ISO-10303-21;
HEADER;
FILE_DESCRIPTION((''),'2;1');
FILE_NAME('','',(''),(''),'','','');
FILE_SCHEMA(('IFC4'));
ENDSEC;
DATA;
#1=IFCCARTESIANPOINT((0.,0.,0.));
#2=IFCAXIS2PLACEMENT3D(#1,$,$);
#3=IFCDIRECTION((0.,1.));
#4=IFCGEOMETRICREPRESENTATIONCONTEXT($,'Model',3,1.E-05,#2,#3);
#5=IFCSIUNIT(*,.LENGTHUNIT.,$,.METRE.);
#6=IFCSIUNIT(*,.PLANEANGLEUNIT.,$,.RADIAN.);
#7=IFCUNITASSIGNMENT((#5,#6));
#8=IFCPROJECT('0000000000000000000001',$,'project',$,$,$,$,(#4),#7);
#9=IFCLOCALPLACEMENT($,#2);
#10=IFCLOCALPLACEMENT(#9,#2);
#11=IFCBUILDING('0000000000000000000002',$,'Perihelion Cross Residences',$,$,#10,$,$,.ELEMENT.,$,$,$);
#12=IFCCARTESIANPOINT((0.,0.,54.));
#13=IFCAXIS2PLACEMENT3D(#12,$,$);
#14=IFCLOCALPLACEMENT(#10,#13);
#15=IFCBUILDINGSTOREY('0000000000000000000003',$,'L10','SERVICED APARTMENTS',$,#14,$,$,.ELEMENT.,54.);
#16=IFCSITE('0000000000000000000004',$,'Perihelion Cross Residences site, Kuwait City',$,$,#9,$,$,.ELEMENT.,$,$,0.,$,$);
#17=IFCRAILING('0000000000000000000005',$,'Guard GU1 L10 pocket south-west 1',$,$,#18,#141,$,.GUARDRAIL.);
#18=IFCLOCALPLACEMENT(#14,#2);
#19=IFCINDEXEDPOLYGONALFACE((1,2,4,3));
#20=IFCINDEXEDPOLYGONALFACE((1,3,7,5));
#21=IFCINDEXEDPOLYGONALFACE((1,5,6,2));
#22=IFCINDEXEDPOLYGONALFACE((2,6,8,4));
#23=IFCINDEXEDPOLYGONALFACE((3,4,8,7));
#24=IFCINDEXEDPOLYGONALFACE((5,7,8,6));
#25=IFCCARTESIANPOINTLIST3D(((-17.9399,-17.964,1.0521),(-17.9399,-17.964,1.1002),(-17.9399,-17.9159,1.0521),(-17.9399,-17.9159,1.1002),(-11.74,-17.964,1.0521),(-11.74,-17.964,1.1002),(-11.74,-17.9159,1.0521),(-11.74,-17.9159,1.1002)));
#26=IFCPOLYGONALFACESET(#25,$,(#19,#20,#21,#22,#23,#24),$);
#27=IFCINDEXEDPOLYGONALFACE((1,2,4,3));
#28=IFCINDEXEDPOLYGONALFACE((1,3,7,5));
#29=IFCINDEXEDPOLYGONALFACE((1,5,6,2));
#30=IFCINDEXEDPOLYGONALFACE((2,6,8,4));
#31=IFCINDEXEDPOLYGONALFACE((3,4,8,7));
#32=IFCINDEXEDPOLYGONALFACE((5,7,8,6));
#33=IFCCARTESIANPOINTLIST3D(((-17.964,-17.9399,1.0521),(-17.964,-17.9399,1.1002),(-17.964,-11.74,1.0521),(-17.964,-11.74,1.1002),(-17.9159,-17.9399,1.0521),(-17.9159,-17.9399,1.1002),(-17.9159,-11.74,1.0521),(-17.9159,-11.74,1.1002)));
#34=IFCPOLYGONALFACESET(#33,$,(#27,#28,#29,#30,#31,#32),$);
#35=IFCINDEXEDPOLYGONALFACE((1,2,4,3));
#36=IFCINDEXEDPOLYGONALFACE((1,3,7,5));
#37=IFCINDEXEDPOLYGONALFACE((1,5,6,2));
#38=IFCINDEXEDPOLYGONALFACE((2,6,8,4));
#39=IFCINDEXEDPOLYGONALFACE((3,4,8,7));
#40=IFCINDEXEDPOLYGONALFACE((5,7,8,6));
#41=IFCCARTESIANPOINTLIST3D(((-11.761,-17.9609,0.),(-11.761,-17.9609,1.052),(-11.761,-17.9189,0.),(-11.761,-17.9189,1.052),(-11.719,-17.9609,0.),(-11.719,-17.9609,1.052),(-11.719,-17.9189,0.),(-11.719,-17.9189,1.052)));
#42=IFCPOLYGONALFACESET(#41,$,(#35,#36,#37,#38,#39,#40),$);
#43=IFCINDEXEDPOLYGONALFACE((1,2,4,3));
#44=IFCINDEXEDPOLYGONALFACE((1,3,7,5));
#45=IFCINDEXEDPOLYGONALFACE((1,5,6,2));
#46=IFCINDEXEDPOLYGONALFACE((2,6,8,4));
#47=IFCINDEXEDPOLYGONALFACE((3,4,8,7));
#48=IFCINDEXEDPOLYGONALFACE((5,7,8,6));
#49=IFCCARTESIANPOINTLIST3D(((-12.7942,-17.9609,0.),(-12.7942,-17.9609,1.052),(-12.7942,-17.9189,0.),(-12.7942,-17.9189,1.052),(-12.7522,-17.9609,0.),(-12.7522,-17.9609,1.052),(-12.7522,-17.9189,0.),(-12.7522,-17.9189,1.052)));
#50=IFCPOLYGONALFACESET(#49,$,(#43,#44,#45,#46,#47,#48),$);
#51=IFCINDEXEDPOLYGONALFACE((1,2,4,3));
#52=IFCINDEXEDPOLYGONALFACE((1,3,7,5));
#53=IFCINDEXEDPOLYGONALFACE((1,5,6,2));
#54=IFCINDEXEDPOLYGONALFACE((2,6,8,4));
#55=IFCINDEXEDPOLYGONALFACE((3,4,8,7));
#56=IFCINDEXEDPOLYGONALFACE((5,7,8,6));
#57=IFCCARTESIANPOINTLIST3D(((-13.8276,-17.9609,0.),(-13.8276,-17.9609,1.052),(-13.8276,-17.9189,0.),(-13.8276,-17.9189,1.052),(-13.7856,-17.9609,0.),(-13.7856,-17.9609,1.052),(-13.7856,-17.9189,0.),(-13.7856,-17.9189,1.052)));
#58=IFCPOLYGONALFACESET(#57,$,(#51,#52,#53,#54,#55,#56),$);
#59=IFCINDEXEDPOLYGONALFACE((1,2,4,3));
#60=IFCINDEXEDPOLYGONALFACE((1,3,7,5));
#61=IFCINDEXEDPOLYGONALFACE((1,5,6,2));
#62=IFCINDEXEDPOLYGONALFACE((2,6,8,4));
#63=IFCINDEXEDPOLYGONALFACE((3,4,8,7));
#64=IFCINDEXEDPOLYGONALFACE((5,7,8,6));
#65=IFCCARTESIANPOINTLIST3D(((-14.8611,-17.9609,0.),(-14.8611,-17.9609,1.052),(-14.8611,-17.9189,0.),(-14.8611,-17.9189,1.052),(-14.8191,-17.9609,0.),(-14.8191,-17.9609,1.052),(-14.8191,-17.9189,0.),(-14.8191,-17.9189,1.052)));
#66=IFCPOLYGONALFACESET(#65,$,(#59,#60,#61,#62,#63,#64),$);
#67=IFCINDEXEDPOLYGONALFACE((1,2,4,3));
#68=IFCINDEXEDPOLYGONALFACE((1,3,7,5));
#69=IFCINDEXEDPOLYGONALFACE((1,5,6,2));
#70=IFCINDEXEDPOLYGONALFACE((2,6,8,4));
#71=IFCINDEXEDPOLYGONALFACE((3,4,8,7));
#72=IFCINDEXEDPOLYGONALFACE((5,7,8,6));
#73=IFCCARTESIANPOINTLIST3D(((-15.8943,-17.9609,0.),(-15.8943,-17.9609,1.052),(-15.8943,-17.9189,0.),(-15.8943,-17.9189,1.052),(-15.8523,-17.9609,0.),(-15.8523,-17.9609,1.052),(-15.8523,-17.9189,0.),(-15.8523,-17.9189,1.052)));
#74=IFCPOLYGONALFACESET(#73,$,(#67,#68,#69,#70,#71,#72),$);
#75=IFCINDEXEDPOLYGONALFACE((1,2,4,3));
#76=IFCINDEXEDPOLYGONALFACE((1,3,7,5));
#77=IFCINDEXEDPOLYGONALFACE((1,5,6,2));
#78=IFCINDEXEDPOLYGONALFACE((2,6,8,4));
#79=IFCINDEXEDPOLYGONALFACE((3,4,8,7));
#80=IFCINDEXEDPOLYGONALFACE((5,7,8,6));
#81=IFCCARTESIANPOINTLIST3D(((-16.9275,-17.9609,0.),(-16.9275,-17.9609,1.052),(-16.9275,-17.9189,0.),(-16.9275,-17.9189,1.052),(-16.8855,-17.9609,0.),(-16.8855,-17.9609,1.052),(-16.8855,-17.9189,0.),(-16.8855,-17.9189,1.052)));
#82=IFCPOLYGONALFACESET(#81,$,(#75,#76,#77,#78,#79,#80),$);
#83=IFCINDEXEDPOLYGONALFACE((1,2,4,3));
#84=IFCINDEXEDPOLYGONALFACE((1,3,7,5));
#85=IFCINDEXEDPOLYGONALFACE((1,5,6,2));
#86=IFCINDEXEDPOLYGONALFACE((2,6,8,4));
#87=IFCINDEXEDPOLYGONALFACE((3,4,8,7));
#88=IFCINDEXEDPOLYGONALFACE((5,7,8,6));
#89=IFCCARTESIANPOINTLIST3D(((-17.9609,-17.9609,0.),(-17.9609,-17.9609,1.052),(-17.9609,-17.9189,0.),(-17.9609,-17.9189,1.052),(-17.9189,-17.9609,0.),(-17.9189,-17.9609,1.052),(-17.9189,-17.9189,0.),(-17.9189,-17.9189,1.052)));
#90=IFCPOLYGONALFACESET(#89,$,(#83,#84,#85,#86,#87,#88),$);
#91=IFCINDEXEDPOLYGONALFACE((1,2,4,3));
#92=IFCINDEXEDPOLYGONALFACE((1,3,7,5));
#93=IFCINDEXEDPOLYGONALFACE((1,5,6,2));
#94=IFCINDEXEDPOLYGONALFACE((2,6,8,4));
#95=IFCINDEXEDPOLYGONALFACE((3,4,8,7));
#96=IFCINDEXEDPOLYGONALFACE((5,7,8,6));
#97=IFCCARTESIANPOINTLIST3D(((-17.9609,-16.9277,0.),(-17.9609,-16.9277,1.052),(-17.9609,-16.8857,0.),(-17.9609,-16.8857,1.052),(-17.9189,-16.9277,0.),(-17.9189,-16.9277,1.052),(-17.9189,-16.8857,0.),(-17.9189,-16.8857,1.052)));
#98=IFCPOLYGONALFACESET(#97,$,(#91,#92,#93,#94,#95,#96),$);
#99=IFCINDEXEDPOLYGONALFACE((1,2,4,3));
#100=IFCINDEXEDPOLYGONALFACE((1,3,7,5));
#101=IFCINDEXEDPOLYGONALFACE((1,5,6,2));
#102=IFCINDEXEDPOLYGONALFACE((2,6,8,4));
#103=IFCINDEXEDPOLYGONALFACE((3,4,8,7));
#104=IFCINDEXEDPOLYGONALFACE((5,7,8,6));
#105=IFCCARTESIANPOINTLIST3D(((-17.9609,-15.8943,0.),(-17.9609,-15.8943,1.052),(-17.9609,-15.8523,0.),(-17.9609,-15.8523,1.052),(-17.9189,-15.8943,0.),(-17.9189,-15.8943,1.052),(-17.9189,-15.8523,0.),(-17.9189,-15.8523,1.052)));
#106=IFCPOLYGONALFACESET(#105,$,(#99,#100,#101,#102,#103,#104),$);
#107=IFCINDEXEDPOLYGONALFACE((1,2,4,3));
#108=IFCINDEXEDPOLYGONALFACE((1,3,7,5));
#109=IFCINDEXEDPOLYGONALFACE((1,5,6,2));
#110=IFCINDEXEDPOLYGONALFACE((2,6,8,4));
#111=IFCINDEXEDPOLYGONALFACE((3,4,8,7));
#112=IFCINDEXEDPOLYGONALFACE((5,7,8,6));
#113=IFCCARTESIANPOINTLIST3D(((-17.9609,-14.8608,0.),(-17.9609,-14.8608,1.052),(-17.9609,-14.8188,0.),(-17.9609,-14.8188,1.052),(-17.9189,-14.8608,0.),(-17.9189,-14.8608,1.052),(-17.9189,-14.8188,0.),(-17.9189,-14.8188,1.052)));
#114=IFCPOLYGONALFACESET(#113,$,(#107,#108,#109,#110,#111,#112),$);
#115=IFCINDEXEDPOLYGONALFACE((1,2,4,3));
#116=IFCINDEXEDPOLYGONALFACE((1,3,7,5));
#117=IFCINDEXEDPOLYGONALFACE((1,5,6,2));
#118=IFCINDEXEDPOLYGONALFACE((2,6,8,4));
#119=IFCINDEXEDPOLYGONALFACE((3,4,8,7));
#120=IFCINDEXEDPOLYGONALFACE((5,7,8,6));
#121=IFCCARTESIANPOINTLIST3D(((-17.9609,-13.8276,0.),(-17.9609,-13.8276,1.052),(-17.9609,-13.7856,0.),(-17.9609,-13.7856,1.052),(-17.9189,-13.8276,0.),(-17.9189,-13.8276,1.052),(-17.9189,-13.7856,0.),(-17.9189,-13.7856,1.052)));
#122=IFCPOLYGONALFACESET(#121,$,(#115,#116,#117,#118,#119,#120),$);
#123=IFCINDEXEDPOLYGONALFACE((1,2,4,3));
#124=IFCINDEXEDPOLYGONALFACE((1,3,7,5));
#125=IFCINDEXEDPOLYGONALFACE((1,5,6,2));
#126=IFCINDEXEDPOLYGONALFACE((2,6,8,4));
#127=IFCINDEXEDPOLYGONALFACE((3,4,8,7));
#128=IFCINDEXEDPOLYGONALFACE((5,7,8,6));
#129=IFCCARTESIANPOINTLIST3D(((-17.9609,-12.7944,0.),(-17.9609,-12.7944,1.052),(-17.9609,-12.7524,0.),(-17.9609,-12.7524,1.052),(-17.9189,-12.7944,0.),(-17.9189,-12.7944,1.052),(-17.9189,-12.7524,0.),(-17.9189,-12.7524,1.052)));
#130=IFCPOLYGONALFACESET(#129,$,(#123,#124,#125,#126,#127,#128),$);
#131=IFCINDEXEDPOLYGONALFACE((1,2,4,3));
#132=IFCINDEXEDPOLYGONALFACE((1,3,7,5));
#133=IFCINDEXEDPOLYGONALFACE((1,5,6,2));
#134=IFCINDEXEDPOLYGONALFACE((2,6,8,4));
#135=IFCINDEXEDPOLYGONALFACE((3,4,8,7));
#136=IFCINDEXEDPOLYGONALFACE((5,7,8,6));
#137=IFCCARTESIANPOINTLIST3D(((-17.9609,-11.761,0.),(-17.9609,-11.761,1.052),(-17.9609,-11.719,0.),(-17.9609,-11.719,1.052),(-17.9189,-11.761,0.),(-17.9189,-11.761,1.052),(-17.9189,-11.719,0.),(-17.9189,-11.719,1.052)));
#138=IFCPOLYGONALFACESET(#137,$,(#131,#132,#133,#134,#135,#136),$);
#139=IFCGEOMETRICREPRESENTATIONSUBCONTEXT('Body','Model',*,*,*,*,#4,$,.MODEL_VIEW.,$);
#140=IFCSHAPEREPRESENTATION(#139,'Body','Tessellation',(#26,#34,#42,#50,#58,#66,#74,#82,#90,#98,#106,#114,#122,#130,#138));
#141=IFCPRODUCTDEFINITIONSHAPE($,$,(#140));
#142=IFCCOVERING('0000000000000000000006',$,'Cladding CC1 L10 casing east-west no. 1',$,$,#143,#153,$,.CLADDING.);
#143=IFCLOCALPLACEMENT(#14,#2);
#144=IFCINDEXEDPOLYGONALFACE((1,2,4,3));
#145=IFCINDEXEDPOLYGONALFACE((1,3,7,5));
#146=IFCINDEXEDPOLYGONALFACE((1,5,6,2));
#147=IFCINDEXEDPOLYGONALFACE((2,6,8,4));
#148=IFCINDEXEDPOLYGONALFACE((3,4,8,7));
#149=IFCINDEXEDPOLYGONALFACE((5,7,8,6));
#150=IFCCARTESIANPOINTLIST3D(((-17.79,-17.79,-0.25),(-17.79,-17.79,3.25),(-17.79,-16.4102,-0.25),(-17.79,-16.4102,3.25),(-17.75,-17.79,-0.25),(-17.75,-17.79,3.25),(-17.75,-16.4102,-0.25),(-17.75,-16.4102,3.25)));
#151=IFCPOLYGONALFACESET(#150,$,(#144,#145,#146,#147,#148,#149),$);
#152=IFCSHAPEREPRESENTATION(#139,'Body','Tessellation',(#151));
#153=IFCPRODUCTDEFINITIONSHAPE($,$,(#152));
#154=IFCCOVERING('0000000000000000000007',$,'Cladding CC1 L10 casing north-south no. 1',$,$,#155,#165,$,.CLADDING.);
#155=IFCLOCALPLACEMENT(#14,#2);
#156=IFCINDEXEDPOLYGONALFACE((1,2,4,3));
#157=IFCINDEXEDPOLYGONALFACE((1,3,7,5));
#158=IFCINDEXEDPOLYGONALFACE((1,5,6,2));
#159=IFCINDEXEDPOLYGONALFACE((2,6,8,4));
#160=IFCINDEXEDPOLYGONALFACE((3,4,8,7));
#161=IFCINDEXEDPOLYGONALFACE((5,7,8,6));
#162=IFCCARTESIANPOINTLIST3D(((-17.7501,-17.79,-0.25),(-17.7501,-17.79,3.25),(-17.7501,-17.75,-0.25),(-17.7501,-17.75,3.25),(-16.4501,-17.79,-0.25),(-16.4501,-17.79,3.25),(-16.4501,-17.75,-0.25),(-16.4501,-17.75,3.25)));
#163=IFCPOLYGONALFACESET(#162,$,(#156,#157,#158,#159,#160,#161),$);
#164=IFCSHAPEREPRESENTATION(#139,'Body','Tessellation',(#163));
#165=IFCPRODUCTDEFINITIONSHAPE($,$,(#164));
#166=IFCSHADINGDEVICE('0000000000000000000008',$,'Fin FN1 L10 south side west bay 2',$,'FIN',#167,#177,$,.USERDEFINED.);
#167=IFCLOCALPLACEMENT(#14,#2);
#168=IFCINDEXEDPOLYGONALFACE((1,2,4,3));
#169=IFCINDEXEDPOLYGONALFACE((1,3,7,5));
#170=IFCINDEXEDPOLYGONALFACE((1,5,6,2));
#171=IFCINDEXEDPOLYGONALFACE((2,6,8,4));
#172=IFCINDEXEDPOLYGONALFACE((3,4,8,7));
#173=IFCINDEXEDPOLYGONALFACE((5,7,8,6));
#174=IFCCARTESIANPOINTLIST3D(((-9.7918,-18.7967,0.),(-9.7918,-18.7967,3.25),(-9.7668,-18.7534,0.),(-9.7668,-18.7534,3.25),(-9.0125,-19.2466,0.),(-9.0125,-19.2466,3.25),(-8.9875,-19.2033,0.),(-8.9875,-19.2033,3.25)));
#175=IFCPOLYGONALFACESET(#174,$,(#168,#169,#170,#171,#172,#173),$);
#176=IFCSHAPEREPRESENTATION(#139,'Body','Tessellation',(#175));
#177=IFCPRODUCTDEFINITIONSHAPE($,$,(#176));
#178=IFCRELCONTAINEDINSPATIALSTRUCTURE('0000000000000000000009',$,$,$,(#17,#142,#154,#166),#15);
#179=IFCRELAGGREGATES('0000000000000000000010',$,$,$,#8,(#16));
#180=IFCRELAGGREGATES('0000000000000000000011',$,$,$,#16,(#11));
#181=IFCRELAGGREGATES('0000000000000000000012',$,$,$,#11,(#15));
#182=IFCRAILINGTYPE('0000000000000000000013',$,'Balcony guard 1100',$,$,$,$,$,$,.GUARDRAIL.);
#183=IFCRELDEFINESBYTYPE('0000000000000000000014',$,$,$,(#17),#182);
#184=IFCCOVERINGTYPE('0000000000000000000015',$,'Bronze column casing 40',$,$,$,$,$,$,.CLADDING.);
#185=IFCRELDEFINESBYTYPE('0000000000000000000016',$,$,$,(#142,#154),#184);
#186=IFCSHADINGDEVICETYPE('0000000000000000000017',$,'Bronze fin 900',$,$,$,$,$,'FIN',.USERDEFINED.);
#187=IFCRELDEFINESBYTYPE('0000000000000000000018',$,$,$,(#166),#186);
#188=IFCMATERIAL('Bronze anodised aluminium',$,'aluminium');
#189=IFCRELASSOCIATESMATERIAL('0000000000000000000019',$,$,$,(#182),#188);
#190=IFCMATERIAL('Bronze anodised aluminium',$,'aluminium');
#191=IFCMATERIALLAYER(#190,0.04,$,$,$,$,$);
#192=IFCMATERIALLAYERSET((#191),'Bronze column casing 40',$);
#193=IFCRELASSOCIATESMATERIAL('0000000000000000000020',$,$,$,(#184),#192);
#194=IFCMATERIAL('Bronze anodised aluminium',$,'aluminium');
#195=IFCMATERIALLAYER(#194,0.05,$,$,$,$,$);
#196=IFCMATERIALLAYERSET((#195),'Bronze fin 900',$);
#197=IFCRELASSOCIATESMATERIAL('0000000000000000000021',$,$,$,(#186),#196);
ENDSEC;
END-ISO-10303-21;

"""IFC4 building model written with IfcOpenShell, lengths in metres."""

from ifc_helpers import new_model, si_unit, direction, frame, origin, origin_2d, place, context, subcontext, project, spatial, rectangle, extrude, material, layer, layer_set, type_object, element, save


model = new_model("IFC4")

# Units and contexts
model_context = context("Model", 3, precision=1e-05, world=origin(), true_north=direction((0.0, 1.0)))
body_context = subcontext(model_context, "Body", "Model", "MODEL_VIEW")
ifc_project = project(units=[si_unit("LENGTHUNIT", "METRE"), si_unit("PLANEANGLEUNIT", "RADIAN")], contexts=[model_context])

# Site, building, storey
site_placement = place(None, origin())
site = spatial("IfcSite", under=ifc_project, at=site_placement, Name="Perihelion Cross Residences site, Kuwait City", CompositionType="ELEMENT", RefElevation=0.0)
building_placement = place(site_placement, origin())
building = spatial("IfcBuilding", under=site, at=building_placement, Name="Perihelion Cross Residences", CompositionType="ELEMENT")
storey_placement = place(building_placement, frame((0.0, 0.0, 54.0)))
storey = spatial("IfcBuildingStorey", under=building, at=storey_placement, Name="L10", Description="SERVICED APARTMENTS", CompositionType="ELEMENT", Elevation=54.0)

# Railing
ifc_material_1 = material(Name="Bronze anodised aluminium", Category="aluminium")
railing_type = type_object("IfcRailingType", Name="Balcony guard 1100", PredefinedType="GUARDRAIL", material=ifc_material_1)
railing_1_placement = place(storey_placement, frame((-11.74, -17.9399, 0.0)))
element("IfcRailing", 1, at=railing_1_placement, inside=storey, type_object=railing_type, Name="Guard GU1 L10 pocket south-west 1", PredefinedType="GUARDRAIL", context=body_context, shape_type="SweptSolid", body=[
    extrude(rectangle(XDim=0.0481, YDim=0.0481, at=origin_2d()), frame((0.0, 0.0, 1.0762), z_axis=(-1.0, 0.0, 0.0), x_axis=(0.0, -1.0, 0.0)), (0.0, 0.0, 1.0), 6.2),
    extrude(rectangle(XDim=0.0481, YDim=0.0481, at=origin_2d()), frame((-6.2, 0.0, 1.0762), z_axis=(0.0, 1.0, 0.0), x_axis=(-1.0, 0.0, 0.0)), (0.0, 0.0, 1.0), 6.2),
    extrude(rectangle(XDim=0.042, YDim=0.042, at=origin_2d()), origin(), (0.0, 0.0, 1.0), 1.052),
    extrude(rectangle(XDim=0.042, YDim=0.042, at=origin_2d()), frame((-1.0332, 0.0, 0.0)), (0.0, 0.0, 1.0), 1.052),
    extrude(rectangle(XDim=0.042, YDim=0.042, at=origin_2d()), frame((-2.0667, 0.0, 0.0)), (0.0, 0.0, 1.0), 1.052),
    extrude(rectangle(XDim=0.042, YDim=0.042, at=origin_2d()), frame((-3.1001, 0.0, 0.0)), (0.0, 0.0, 1.0), 1.052),
    extrude(rectangle(XDim=0.042, YDim=0.042, at=origin_2d()), frame((-4.1333, 0.0, 0.0)), (0.0, 0.0, 1.0), 1.052),
    extrude(rectangle(XDim=0.042, YDim=0.042, at=origin_2d()), frame((-5.1665, 0.0, 0.0)), (0.0, 0.0, 1.0), 1.052),
    extrude(rectangle(XDim=0.042, YDim=0.042, at=origin_2d()), frame((-6.2, 0.0, 0.0)), (0.0, 0.0, 1.0), 1.052),
    extrude(rectangle(XDim=0.042, YDim=0.042, at=origin_2d()), frame((-6.2, 1.0332, 0.0)), (0.0, 0.0, 1.0), 1.052),
    extrude(rectangle(XDim=0.042, YDim=0.042, at=origin_2d()), frame((-6.2, 2.0667, 0.0)), (0.0, 0.0, 1.0), 1.052),
    extrude(rectangle(XDim=0.042, YDim=0.042, at=origin_2d()), frame((-6.2, 3.1001, 0.0)), (0.0, 0.0, 1.0), 1.052),
    extrude(rectangle(XDim=0.042, YDim=0.042, at=origin_2d()), frame((-6.2, 4.1333, 0.0)), (0.0, 0.0, 1.0), 1.052),
    extrude(rectangle(XDim=0.042, YDim=0.042, at=origin_2d()), frame((-6.2, 5.1665, 0.0)), (0.0, 0.0, 1.0), 1.052),
    extrude(rectangle(XDim=0.042, YDim=0.042, at=origin_2d()), frame((-6.2, 6.2, 0.0)), (0.0, 0.0, 1.0), 1.052),
])

# Coverings
ifc_material_2 = material(Name="Bronze anodised aluminium", Category="aluminium")
ifc_layer_1 = layer(ifc_material_2, 0.04)
ifc_layer_set_1 = layer_set([ifc_layer_1], Name="Bronze column casing 40")
covering_type = type_object("IfcCoveringType", Name="Bronze column casing 40", PredefinedType="CLADDING", material=ifc_layer_set_1)
covering_1_placement = place(storey_placement, frame((-17.77, -17.1001, -0.25), z_axis=(0.0, 0.0, 1.0), x_axis=(1.0, 0.0, 0.0)))
element("IfcCovering", 2, at=covering_1_placement, inside=storey, type_object=covering_type, Name="Cladding CC1 L10 casing east-west no. 1", PredefinedType="CLADDING", context=body_context, shape_type="SweptSolid", body=[
    extrude(rectangle(XDim=0.04, YDim=1.3799, at=origin_2d()), origin(), (0.0, 0.0, 1.0), 3.5),
])
covering_2_placement = place(storey_placement, frame((-17.1001, -17.77, -0.25), z_axis=(0.0, 0.0, 1.0), x_axis=(1.0, 0.0, 0.0)))
element("IfcCovering", 3, at=covering_2_placement, inside=storey, type_object=covering_type, Name="Cladding CC1 L10 casing north-south no. 1", PredefinedType="CLADDING", context=body_context, shape_type="SweptSolid", body=[
    extrude(rectangle(XDim=1.3, YDim=0.04, at=origin_2d()), origin(), (0.0, 0.0, 1.0), 3.5),
])

# Shading device
ifc_material_3 = material(Name="Bronze anodised aluminium", Category="aluminium")
ifc_layer_2 = layer(ifc_material_3, 0.05)
ifc_layer_set_2 = layer_set([ifc_layer_2], Name="Bronze fin 900")
shading_device_type = type_object("IfcShadingDeviceType", Name="Bronze fin 900", ElementType="FIN", PredefinedType="USERDEFINED", material=ifc_layer_set_2)
shading_device_placement = place(storey_placement, frame((-9.3896, -19.0, 0.0), z_axis=(0.0, 0.0, 1.0), x_axis=(-0.866025, 0.5, 0.0)))
element("IfcShadingDevice", 4, at=shading_device_placement, inside=storey, type_object=shading_device_type, Name="Fin FN1 L10 south side west bay 2", ObjectType="FIN", PredefinedType="USERDEFINED", context=body_context, shape_type="SweptSolid", body=[
    extrude(rectangle(XDim=0.8999, YDim=0.05, at=origin_2d()), origin(), (0.0, 0.0, 1.0), 3.25),
])

save(model, "model.ifc")
